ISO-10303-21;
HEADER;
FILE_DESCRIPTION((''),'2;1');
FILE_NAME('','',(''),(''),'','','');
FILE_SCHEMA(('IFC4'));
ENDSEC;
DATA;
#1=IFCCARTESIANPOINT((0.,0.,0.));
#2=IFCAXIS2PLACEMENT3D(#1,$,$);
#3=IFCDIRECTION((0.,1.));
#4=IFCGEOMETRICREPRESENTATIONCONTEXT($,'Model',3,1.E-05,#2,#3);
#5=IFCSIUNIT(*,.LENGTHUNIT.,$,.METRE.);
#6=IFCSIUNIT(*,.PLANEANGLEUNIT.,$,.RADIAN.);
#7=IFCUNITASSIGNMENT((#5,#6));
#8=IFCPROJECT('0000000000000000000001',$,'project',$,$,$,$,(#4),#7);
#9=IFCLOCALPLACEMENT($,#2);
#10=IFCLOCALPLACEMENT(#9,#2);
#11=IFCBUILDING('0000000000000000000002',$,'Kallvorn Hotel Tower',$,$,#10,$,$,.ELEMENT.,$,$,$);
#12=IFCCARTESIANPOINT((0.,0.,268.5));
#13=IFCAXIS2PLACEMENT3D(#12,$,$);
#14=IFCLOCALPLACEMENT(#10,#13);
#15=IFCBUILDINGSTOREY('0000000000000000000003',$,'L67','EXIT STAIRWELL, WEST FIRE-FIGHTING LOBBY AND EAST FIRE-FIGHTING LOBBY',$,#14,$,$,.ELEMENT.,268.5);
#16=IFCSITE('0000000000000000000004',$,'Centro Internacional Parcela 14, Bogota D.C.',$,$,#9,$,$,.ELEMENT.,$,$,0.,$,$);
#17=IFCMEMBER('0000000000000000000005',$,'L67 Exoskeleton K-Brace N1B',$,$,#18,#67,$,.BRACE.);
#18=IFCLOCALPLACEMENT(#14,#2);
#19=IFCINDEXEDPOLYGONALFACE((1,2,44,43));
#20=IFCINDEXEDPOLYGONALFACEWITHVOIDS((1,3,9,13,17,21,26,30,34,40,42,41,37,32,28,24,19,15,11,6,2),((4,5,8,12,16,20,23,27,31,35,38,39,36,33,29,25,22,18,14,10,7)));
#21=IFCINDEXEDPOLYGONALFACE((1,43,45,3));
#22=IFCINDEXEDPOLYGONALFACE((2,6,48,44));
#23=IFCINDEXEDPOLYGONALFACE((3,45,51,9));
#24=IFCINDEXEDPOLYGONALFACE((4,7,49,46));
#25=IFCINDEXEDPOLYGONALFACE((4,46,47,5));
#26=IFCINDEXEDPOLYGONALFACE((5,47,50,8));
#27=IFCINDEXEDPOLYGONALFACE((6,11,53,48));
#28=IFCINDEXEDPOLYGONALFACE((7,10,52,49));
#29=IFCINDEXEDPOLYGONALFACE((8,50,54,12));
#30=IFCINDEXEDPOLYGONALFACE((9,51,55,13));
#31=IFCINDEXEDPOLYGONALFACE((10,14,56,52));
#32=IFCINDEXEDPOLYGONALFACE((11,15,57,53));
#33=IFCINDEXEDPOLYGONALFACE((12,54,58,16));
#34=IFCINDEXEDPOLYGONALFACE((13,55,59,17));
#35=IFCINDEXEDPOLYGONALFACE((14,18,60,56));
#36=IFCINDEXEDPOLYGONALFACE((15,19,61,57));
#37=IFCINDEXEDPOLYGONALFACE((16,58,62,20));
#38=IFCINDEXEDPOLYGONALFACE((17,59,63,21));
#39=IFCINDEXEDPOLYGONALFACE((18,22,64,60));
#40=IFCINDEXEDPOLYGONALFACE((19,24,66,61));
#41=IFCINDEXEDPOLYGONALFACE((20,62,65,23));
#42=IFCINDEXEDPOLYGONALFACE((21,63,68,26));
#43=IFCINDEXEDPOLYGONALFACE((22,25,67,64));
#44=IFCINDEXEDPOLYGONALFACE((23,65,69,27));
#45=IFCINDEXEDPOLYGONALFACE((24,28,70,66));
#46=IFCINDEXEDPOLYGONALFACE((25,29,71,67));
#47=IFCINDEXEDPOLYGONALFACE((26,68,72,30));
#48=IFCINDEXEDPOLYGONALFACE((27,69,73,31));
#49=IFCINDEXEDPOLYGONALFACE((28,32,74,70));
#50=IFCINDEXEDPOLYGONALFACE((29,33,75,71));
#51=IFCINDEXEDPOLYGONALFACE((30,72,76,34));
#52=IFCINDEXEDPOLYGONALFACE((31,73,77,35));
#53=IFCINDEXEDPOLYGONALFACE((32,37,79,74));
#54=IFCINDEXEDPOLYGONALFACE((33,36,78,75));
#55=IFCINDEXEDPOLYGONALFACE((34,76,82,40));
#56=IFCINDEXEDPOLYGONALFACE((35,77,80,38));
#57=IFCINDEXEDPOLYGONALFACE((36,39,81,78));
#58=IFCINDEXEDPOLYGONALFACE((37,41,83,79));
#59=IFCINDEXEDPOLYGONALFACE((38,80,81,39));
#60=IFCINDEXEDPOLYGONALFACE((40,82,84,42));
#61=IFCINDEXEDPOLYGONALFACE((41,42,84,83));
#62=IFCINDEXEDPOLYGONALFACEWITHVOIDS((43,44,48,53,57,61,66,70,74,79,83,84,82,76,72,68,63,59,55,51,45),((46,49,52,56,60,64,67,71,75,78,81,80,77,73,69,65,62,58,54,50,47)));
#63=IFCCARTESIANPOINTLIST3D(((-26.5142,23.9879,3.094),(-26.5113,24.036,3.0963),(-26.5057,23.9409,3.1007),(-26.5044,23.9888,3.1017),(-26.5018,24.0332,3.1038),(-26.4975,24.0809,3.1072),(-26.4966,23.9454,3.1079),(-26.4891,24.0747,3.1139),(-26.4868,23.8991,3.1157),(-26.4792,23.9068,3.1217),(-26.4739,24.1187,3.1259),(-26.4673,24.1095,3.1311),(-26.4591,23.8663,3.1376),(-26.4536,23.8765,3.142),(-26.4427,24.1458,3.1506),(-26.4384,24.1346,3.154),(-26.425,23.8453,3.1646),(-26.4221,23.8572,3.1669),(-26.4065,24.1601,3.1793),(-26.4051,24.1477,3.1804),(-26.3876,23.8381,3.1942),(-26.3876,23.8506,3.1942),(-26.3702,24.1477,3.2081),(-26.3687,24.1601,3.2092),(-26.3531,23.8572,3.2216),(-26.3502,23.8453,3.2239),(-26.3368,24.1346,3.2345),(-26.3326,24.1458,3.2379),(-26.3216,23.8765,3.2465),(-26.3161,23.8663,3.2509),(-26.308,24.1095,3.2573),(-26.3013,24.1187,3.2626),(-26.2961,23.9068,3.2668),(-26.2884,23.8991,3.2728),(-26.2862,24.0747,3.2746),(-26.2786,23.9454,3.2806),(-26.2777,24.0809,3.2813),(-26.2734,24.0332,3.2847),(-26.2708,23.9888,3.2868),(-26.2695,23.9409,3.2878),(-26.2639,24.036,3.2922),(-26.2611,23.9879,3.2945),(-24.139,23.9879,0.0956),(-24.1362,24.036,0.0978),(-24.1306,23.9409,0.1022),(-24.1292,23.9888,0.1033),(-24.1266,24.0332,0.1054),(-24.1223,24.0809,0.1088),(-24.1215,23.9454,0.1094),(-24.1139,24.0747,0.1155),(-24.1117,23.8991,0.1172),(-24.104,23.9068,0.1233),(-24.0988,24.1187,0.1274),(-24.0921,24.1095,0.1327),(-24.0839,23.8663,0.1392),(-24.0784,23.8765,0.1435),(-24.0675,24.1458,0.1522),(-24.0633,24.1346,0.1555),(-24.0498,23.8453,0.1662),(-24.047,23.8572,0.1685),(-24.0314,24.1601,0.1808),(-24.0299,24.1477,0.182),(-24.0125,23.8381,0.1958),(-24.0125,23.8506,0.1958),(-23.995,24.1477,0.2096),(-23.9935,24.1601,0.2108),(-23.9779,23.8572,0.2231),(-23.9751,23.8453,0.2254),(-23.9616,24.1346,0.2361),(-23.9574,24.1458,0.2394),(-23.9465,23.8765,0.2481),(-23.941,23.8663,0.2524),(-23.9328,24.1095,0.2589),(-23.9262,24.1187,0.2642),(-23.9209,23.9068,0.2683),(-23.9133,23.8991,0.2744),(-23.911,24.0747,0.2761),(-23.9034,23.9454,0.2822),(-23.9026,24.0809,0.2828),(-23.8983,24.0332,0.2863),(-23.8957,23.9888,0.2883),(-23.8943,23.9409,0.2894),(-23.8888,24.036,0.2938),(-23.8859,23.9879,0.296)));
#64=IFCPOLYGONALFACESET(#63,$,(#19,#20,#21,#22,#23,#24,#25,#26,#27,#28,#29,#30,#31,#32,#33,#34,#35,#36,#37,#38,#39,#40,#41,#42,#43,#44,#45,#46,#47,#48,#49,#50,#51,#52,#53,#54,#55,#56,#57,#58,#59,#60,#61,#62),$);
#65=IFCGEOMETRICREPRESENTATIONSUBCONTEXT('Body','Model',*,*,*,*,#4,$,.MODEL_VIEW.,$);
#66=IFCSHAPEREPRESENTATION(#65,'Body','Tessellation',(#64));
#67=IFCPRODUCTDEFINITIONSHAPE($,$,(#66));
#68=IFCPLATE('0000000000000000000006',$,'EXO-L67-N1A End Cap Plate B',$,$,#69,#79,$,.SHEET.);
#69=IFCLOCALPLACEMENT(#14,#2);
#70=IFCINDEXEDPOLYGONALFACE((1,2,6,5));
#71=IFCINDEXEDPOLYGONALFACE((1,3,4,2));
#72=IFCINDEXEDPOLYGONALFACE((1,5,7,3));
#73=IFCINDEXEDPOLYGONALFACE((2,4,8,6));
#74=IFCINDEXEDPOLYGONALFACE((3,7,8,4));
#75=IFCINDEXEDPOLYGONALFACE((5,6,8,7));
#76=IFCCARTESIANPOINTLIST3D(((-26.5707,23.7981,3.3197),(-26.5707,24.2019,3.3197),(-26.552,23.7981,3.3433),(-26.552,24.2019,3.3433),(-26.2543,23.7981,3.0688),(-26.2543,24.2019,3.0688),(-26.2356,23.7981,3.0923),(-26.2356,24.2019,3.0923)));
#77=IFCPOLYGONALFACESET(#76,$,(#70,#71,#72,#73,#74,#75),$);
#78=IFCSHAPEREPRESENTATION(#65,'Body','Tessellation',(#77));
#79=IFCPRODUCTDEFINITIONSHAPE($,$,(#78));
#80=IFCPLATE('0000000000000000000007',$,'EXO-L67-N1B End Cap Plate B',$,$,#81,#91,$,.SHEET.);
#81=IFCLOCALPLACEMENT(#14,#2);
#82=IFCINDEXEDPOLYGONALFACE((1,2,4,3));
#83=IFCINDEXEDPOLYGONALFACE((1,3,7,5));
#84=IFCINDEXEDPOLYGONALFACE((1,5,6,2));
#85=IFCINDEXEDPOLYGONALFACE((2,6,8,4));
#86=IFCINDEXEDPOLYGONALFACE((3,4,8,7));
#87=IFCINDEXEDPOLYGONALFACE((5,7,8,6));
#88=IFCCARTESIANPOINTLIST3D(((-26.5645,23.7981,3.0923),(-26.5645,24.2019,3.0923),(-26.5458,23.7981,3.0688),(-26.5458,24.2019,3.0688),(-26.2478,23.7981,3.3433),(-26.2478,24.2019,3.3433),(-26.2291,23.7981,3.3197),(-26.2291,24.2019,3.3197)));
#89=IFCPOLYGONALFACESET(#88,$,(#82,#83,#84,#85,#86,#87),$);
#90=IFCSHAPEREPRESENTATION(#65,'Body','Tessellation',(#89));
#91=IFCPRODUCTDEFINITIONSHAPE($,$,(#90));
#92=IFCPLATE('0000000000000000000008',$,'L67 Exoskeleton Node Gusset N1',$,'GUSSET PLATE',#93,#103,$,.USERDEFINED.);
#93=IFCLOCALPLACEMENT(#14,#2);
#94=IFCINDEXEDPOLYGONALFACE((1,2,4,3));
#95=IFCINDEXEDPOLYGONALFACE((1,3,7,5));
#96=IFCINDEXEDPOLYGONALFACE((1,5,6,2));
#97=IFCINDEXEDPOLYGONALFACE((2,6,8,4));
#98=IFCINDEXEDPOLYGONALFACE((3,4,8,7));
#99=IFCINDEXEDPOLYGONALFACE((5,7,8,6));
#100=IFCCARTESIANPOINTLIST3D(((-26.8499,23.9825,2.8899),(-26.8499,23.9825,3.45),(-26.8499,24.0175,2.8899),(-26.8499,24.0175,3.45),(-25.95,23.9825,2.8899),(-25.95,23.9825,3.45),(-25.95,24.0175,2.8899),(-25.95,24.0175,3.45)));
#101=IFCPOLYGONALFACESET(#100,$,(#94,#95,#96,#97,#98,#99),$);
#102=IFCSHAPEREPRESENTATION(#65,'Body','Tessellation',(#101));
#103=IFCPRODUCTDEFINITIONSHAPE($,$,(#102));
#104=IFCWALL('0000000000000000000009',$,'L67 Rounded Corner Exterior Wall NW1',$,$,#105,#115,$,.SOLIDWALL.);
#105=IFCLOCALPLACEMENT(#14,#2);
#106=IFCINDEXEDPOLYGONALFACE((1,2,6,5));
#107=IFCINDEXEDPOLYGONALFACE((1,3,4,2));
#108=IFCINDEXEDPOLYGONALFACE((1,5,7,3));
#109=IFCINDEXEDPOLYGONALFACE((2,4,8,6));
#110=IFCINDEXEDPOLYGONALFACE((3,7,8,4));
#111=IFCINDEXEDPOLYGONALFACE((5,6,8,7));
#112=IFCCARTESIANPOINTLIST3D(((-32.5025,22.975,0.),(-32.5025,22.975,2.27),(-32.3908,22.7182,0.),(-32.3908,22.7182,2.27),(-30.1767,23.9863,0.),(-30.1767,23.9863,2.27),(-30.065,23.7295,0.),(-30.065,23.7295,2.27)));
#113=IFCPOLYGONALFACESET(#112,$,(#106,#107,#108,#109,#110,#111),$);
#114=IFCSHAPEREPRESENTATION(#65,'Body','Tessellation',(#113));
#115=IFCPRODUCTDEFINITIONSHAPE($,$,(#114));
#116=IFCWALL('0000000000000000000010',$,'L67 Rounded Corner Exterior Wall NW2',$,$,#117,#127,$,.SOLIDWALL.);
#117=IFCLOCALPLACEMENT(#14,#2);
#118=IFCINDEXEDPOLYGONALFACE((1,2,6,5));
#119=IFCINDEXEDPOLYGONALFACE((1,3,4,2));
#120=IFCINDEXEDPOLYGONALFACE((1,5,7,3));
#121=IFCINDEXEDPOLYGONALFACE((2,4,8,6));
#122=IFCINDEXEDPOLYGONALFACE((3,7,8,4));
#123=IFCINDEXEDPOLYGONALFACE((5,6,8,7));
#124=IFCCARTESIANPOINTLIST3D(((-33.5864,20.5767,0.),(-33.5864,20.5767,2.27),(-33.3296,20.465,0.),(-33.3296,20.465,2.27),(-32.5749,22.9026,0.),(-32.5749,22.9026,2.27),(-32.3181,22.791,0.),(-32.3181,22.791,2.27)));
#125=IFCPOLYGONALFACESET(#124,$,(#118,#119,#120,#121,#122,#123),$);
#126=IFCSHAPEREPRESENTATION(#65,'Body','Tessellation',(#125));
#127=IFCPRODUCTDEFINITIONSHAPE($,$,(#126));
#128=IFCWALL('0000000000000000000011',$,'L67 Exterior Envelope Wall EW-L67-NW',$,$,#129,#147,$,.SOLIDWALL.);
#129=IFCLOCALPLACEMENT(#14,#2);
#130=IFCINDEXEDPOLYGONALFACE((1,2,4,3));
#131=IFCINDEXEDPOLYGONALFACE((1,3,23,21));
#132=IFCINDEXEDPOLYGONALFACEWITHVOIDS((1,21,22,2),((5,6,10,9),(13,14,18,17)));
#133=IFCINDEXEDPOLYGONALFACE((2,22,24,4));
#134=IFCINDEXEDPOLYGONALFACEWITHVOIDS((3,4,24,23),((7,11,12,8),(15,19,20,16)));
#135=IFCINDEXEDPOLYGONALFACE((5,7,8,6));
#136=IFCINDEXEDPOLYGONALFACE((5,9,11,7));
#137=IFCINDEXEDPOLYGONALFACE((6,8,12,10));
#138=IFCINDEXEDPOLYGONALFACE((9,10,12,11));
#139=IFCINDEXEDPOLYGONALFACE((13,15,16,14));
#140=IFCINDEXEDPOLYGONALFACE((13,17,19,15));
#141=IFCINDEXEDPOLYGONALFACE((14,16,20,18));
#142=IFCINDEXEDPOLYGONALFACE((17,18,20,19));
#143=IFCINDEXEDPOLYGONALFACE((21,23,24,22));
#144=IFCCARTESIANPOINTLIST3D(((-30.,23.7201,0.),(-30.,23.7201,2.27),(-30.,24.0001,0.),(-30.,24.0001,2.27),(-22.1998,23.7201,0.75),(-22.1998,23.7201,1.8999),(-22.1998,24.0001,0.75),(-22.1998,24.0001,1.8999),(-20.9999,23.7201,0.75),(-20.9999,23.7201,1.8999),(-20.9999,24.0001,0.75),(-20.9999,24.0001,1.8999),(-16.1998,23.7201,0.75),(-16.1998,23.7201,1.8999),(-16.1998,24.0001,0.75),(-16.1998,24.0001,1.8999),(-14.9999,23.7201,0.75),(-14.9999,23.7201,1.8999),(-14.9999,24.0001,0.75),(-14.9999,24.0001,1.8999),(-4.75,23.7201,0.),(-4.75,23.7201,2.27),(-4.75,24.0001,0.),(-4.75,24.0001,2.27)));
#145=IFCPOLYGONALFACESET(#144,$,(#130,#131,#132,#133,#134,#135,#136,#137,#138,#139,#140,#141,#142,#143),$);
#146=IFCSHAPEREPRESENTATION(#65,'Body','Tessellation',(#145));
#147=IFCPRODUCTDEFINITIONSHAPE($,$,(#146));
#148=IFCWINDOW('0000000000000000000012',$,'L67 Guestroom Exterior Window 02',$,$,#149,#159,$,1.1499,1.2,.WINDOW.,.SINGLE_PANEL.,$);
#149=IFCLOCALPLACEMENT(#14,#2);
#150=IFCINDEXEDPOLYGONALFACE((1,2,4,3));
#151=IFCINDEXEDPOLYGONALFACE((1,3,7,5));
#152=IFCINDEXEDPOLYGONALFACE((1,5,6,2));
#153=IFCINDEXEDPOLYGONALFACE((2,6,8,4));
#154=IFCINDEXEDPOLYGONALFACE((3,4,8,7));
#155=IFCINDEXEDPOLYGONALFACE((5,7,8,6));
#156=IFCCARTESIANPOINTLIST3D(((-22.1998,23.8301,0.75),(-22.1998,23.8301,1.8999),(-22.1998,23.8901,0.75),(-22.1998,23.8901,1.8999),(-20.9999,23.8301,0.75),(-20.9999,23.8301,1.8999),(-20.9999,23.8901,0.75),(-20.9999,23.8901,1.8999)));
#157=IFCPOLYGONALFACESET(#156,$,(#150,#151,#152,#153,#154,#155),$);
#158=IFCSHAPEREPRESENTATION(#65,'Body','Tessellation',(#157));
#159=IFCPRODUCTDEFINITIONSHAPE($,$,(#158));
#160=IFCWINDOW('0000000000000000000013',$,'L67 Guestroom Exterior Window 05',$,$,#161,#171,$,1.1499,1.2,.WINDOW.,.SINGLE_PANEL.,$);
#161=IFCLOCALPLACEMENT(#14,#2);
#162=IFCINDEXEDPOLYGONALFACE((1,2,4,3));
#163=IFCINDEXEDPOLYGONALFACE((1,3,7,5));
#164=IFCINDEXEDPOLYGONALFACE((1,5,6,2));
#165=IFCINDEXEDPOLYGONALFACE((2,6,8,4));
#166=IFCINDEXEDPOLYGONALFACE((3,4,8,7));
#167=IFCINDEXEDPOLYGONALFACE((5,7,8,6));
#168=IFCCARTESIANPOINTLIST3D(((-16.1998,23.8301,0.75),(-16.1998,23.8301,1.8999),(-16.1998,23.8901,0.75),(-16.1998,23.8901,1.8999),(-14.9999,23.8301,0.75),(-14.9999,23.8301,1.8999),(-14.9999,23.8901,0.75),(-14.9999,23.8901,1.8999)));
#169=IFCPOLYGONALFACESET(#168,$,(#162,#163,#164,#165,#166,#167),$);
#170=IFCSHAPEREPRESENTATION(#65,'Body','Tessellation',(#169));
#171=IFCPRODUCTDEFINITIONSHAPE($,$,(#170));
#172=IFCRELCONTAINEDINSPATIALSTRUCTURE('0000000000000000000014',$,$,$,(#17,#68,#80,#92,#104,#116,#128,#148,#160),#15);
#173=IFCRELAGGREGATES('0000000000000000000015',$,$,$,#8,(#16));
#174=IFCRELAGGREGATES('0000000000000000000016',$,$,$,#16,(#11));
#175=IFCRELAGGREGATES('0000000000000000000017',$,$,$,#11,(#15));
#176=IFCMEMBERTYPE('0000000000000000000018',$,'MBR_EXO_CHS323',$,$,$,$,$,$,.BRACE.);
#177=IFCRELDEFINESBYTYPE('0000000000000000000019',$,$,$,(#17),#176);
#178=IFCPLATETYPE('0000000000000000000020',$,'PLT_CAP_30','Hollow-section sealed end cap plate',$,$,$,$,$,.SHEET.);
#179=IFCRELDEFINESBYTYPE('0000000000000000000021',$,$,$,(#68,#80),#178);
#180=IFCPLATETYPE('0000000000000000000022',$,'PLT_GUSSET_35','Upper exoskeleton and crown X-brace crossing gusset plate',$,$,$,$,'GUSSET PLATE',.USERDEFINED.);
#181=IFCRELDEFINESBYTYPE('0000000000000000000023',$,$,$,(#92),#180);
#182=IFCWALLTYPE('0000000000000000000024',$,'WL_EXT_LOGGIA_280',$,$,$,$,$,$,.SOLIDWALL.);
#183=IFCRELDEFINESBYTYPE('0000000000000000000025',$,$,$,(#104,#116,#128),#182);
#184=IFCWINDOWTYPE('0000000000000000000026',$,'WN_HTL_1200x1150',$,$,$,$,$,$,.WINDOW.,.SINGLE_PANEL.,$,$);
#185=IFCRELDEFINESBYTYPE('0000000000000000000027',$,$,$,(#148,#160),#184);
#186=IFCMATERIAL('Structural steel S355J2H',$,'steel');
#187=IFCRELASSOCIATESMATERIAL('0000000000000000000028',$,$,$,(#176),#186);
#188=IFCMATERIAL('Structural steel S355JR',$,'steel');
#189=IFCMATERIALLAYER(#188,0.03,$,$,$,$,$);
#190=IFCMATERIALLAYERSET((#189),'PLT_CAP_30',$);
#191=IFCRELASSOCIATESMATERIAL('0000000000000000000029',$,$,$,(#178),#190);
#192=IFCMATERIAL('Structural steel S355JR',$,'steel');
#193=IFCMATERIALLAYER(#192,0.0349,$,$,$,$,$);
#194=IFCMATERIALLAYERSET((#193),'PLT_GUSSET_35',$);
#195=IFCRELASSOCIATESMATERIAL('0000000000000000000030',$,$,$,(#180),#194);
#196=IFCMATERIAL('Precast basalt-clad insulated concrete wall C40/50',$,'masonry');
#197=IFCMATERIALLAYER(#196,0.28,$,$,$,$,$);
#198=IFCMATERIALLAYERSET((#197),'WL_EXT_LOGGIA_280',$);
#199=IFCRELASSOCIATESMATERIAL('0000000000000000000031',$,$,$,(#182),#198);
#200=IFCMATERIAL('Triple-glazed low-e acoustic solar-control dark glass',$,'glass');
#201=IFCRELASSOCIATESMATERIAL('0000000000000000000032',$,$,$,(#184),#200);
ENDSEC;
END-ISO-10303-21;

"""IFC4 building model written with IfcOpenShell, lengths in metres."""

from ifc_helpers import new_model, si_unit, direction, frame, frame_2d, origin, origin_2d, place, context, subcontext, project, spatial, polyline, rectangle, hollow_circle, outline, extrude, material, layer, layer_set, material_profile, profile_set, type_object, element, fill, save


model = new_model("IFC4")

# Units and contexts
model_context = context("Model", 3, precision=1e-05, world=origin(), true_north=direction((0.0, 1.0)))
body_context = subcontext(model_context, "Body", "Model", "MODEL_VIEW")
ifc_project = project(units=[si_unit("LENGTHUNIT", "METRE"), si_unit("PLANEANGLEUNIT", "RADIAN")], contexts=[model_context])

# Site, building, storey
site_placement = place(None, origin())
site = spatial("IfcSite", under=ifc_project, at=site_placement, Name="Centro Internacional Parcela 14, Bogota D.C.", CompositionType="ELEMENT", RefElevation=0.0)
building_placement = place(site_placement, origin())
building = spatial("IfcBuilding", under=site, at=building_placement, Name="Kallvorn Hotel Tower", CompositionType="ELEMENT")
storey_placement = place(building_placement, frame((0.0, 0.0, 268.5)))
storey = spatial("IfcBuildingStorey", under=building, at=storey_placement, Name="L67", Description="EXIT STAIRWELL, WEST FIRE-FIGHTING LOBBY AND EAST FIRE-FIGHTING LOBBY", CompositionType="ELEMENT", Elevation=268.5)

# Member
ifc_material_1 = material(Name="Structural steel S355J2H", Category="steel")
ifc_material_profile_1 = material_profile(ifc_material_1, hollow_circle(Radius=0.1619, WallThickness=0.0125, at=origin_2d()), Name="CHS 323.9x12.5")
ifc_profile_set_1 = profile_set([ifc_material_profile_1], Name="Structural steel S355J2H")
member_type_1 = type_object("IfcMemberType", Name="MBR_EXO_CHS323", PredefinedType="BRACE", material=ifc_profile_set_1)
for number, where, z_axis, x_axis, name in (
    (1, (-24.0125, 24.0, 0.1958), (-0.620929, 0.0, 0.783867), (0.0, -1.0, 0.0), "L67 Exoskeleton K-Brace N1B"),
):
    element("IfcMember", number, at=place(storey_placement, frame(where, z_axis=z_axis, x_axis=x_axis)), inside=storey, type_object=member_type_1, Name=name, PredefinedType="BRACE", context=body_context, shape_type="SweptSolid", body=[
        extrude(hollow_circle(Radius=0.1619, WallThickness=0.0125, at=origin_2d()), origin(), (0.0, 0.0, 1.0), 3.8252),
    ])

# Plates
ifc_material_2 = material(Name="Structural steel S355JR", Category="steel")
ifc_layer_1 = layer(ifc_material_2, 0.03)
ifc_layer_set_1 = layer_set([ifc_layer_1], Name="PLT_CAP_30")
plate_type_1 = type_object("IfcPlateType", Name="PLT_CAP_30", Description="Hollow-section sealed end cap plate", PredefinedType="SHEET", material=ifc_layer_set_1)
plate_1_placement = place(storey_placement, frame((-26.2356, 23.7981, 3.0923), z_axis=(0.621446, 0.0, 0.783457), x_axis=(0.0, 1.0, 0.0)))
element("IfcPlate", 2, at=plate_1_placement, inside=storey, type_object=plate_type_1, Name="EXO-L67-N1A End Cap Plate B", PredefinedType="SHEET", context=body_context, shape_type="SweptSolid", body=[
    extrude(outline(polyline([(0.0, 0.0), (0.4038, 0.0), (0.4038, 0.4039), (0.0, 0.4039), (0.0, 0.0)])), origin(), (0.0, 0.0, -1.0), 0.03),
])
plate_2_placement = place(storey_placement, frame((-26.5645, 24.2019, 3.0923), z_axis=(-0.621152, 0.0, 0.78369), x_axis=(0.0, -1.0, 0.0)))
element("IfcPlate", 3, at=plate_2_placement, inside=storey, type_object=plate_type_1, Name="EXO-L67-N1B End Cap Plate B", PredefinedType="SHEET", context=body_context, shape_type="SweptSolid", body=[
    extrude(outline(polyline([(0.0, 0.0), (0.4038, 0.0), (0.4038, 0.4041), (0.0, 0.4041), (0.0, 0.0)])), origin(), (0.0, 0.0, -1.0), 0.03),
])
ifc_material_3 = material(Name="Structural steel S355JR", Category="steel")
ifc_layer_2 = layer(ifc_material_3, 0.0349)
ifc_layer_set_2 = layer_set([ifc_layer_2], Name="PLT_GUSSET_35")
plate_type_2 = type_object("IfcPlateType", Name="PLT_GUSSET_35", Description="Upper exoskeleton and crown X-brace crossing gusset plate", ElementType="GUSSET PLATE", PredefinedType="USERDEFINED", material=ifc_layer_set_2)
plate_3_placement = place(storey_placement, frame((-26.3999, 24.0, 2.8899), z_axis=(0.0, 0.0, 1.0), x_axis=(1.0, 0.0, 0.0)))
element("IfcPlate", 4, at=plate_3_placement, inside=storey, type_object=plate_type_2, Name="L67 Exoskeleton Node Gusset N1", ObjectType="GUSSET PLATE", PredefinedType="USERDEFINED", context=body_context, shape_type="SweptSolid", body=[
    extrude(rectangle(XDim=0.8999, YDim=0.0349, at=origin_2d()), origin(), (0.0, 0.0, 1.0), 0.5601),
])

# Walls
ifc_material_4 = material(Name="Precast basalt-clad insulated concrete wall C40/50", Category="masonry")
ifc_layer_3 = layer(ifc_material_4, 0.28)
ifc_layer_set_3 = layer_set([ifc_layer_3], Name="WL_EXT_LOGGIA_280")
wall_type = type_object("IfcWallType", Name="WL_EXT_LOGGIA_280", PredefinedType="SOLIDWALL", material=ifc_layer_set_3)
wall_1_placement = place(storey_placement, frame((-30.1208, 23.8579, 0.0), z_axis=(0.0, 0.0, 1.0), x_axis=(-0.917061, -0.398747, 0.0)))
element("IfcWall", 5, at=wall_1_placement, inside=storey, type_object=wall_type, Name="L67 Rounded Corner Exterior Wall NW1", PredefinedType="SOLIDWALL", context=body_context, shape_type="SweptSolid", body=[
    extrude(rectangle(XDim=2.5361, YDim=0.28, at=frame_2d((1.2681, 0.0))), origin(), (0.0, 0.0, 1.0), 2.27),
])
wall_2_placement = place(storey_placement, frame((-32.4465, 22.8467, 0.0), z_axis=(0.0, 0.0, 1.0), x_axis=(-0.398793, -0.917041, 0.0)))
element("IfcWall", 6, at=wall_2_placement, inside=storey, type_object=wall_type, Name="L67 Rounded Corner Exterior Wall NW2", PredefinedType="SOLIDWALL", context=body_context, shape_type="SweptSolid", body=[
    extrude(rectangle(XDim=2.5364, YDim=0.28, at=frame_2d((1.2681, 0.0))), origin(), (0.0, 0.0, 1.0), 2.27),
])

# Wall, openings, windows
wall_3_placement = place(storey_placement, frame((-30.0, 23.8601, 0.0), z_axis=(0.0, 0.0, 1.0), x_axis=(1.0, 0.0, 0.0)))
wall_3 = element("IfcWall", 7, at=wall_3_placement, inside=storey, type_object=wall_type, Name="L67 Exterior Envelope Wall EW-L67-NW", PredefinedType="SOLIDWALL", context=body_context, shape_type="SweptSolid", body=[
    extrude(rectangle(XDim=25.25, YDim=0.28, at=frame_2d((12.625, 0.0))), origin(), (0.0, 0.0, 1.0), 2.27),
])
opening_1_placement = place(wall_3_placement, frame((7.8, 0.0, 0.75)))
opening_1 = element("IfcOpeningElement", 8, at=opening_1_placement, cuts=wall_3, PredefinedType="OPENING", context=body_context, shape_type="SweptSolid", body=[
    extrude(rectangle(XDim=1.2, YDim=1.1499, at=frame_2d((0.6001, 0.575))), frame((0.0, 0.155, 0.0), z_axis=(0.0, -1.0, 0.0), x_axis=(1.0, 0.0, 0.0)), (0.0, 0.0, 1.0), 0.3101),
])
opening_2_placement = place(wall_3_placement, frame((13.8, 0.0, 0.75)))
opening_2 = element("IfcOpeningElement", 9, at=opening_2_placement, cuts=wall_3, PredefinedType="OPENING", context=body_context, shape_type="SweptSolid", body=[
    extrude(rectangle(XDim=1.2, YDim=1.1499, at=frame_2d((0.6001, 0.575))), frame((0.0, 0.155, 0.0), z_axis=(0.0, -1.0, 0.0), x_axis=(1.0, 0.0, 0.0)), (0.0, 0.0, 1.0), 0.3101),
])
ifc_material_5 = material(Name="Triple-glazed low-e acoustic solar-control dark glass", Category="glass")
window_type = type_object("IfcWindowType", Name="WN_HTL_1200x1150", PartitioningType="SINGLE_PANEL", PredefinedType="WINDOW", material=ifc_material_5)
window_1_placement = place(opening_1_placement, origin())
window_1 = element("IfcWindow", 10, at=window_1_placement, inside=storey, type_object=window_type, Name="L67 Guestroom Exterior Window 02", OverallHeight=1.1499, OverallWidth=1.2, PartitioningType="SINGLE_PANEL", PredefinedType="WINDOW", context=body_context, shape_type="SweptSolid", body=[
    extrude(rectangle(XDim=1.2, YDim=1.1499, at=frame_2d((0.6001, 0.575))), frame((0.0, 0.03, 0.0), z_axis=(0.0, -1.0, 0.0), x_axis=(1.0, 0.0, 0.0)), (0.0, 0.0, 1.0), 0.0601),
])
fill(opening_1, window_1)
window_2_placement = place(opening_2_placement, origin())
window_2 = element("IfcWindow", 11, at=window_2_placement, inside=storey, type_object=window_type, Name="L67 Guestroom Exterior Window 05", OverallHeight=1.1499, OverallWidth=1.2, PartitioningType="SINGLE_PANEL", PredefinedType="WINDOW", context=body_context, shape_type="SweptSolid", body=[
    extrude(rectangle(XDim=1.2, YDim=1.1499, at=frame_2d((0.6001, 0.575))), frame((0.0, 0.03, 0.0), z_axis=(0.0, -1.0, 0.0), x_axis=(1.0, 0.0, 0.0)), (0.0, 0.0, 1.0), 0.0601),
])
fill(opening_2, window_2)

save(model, "model.ifc")
